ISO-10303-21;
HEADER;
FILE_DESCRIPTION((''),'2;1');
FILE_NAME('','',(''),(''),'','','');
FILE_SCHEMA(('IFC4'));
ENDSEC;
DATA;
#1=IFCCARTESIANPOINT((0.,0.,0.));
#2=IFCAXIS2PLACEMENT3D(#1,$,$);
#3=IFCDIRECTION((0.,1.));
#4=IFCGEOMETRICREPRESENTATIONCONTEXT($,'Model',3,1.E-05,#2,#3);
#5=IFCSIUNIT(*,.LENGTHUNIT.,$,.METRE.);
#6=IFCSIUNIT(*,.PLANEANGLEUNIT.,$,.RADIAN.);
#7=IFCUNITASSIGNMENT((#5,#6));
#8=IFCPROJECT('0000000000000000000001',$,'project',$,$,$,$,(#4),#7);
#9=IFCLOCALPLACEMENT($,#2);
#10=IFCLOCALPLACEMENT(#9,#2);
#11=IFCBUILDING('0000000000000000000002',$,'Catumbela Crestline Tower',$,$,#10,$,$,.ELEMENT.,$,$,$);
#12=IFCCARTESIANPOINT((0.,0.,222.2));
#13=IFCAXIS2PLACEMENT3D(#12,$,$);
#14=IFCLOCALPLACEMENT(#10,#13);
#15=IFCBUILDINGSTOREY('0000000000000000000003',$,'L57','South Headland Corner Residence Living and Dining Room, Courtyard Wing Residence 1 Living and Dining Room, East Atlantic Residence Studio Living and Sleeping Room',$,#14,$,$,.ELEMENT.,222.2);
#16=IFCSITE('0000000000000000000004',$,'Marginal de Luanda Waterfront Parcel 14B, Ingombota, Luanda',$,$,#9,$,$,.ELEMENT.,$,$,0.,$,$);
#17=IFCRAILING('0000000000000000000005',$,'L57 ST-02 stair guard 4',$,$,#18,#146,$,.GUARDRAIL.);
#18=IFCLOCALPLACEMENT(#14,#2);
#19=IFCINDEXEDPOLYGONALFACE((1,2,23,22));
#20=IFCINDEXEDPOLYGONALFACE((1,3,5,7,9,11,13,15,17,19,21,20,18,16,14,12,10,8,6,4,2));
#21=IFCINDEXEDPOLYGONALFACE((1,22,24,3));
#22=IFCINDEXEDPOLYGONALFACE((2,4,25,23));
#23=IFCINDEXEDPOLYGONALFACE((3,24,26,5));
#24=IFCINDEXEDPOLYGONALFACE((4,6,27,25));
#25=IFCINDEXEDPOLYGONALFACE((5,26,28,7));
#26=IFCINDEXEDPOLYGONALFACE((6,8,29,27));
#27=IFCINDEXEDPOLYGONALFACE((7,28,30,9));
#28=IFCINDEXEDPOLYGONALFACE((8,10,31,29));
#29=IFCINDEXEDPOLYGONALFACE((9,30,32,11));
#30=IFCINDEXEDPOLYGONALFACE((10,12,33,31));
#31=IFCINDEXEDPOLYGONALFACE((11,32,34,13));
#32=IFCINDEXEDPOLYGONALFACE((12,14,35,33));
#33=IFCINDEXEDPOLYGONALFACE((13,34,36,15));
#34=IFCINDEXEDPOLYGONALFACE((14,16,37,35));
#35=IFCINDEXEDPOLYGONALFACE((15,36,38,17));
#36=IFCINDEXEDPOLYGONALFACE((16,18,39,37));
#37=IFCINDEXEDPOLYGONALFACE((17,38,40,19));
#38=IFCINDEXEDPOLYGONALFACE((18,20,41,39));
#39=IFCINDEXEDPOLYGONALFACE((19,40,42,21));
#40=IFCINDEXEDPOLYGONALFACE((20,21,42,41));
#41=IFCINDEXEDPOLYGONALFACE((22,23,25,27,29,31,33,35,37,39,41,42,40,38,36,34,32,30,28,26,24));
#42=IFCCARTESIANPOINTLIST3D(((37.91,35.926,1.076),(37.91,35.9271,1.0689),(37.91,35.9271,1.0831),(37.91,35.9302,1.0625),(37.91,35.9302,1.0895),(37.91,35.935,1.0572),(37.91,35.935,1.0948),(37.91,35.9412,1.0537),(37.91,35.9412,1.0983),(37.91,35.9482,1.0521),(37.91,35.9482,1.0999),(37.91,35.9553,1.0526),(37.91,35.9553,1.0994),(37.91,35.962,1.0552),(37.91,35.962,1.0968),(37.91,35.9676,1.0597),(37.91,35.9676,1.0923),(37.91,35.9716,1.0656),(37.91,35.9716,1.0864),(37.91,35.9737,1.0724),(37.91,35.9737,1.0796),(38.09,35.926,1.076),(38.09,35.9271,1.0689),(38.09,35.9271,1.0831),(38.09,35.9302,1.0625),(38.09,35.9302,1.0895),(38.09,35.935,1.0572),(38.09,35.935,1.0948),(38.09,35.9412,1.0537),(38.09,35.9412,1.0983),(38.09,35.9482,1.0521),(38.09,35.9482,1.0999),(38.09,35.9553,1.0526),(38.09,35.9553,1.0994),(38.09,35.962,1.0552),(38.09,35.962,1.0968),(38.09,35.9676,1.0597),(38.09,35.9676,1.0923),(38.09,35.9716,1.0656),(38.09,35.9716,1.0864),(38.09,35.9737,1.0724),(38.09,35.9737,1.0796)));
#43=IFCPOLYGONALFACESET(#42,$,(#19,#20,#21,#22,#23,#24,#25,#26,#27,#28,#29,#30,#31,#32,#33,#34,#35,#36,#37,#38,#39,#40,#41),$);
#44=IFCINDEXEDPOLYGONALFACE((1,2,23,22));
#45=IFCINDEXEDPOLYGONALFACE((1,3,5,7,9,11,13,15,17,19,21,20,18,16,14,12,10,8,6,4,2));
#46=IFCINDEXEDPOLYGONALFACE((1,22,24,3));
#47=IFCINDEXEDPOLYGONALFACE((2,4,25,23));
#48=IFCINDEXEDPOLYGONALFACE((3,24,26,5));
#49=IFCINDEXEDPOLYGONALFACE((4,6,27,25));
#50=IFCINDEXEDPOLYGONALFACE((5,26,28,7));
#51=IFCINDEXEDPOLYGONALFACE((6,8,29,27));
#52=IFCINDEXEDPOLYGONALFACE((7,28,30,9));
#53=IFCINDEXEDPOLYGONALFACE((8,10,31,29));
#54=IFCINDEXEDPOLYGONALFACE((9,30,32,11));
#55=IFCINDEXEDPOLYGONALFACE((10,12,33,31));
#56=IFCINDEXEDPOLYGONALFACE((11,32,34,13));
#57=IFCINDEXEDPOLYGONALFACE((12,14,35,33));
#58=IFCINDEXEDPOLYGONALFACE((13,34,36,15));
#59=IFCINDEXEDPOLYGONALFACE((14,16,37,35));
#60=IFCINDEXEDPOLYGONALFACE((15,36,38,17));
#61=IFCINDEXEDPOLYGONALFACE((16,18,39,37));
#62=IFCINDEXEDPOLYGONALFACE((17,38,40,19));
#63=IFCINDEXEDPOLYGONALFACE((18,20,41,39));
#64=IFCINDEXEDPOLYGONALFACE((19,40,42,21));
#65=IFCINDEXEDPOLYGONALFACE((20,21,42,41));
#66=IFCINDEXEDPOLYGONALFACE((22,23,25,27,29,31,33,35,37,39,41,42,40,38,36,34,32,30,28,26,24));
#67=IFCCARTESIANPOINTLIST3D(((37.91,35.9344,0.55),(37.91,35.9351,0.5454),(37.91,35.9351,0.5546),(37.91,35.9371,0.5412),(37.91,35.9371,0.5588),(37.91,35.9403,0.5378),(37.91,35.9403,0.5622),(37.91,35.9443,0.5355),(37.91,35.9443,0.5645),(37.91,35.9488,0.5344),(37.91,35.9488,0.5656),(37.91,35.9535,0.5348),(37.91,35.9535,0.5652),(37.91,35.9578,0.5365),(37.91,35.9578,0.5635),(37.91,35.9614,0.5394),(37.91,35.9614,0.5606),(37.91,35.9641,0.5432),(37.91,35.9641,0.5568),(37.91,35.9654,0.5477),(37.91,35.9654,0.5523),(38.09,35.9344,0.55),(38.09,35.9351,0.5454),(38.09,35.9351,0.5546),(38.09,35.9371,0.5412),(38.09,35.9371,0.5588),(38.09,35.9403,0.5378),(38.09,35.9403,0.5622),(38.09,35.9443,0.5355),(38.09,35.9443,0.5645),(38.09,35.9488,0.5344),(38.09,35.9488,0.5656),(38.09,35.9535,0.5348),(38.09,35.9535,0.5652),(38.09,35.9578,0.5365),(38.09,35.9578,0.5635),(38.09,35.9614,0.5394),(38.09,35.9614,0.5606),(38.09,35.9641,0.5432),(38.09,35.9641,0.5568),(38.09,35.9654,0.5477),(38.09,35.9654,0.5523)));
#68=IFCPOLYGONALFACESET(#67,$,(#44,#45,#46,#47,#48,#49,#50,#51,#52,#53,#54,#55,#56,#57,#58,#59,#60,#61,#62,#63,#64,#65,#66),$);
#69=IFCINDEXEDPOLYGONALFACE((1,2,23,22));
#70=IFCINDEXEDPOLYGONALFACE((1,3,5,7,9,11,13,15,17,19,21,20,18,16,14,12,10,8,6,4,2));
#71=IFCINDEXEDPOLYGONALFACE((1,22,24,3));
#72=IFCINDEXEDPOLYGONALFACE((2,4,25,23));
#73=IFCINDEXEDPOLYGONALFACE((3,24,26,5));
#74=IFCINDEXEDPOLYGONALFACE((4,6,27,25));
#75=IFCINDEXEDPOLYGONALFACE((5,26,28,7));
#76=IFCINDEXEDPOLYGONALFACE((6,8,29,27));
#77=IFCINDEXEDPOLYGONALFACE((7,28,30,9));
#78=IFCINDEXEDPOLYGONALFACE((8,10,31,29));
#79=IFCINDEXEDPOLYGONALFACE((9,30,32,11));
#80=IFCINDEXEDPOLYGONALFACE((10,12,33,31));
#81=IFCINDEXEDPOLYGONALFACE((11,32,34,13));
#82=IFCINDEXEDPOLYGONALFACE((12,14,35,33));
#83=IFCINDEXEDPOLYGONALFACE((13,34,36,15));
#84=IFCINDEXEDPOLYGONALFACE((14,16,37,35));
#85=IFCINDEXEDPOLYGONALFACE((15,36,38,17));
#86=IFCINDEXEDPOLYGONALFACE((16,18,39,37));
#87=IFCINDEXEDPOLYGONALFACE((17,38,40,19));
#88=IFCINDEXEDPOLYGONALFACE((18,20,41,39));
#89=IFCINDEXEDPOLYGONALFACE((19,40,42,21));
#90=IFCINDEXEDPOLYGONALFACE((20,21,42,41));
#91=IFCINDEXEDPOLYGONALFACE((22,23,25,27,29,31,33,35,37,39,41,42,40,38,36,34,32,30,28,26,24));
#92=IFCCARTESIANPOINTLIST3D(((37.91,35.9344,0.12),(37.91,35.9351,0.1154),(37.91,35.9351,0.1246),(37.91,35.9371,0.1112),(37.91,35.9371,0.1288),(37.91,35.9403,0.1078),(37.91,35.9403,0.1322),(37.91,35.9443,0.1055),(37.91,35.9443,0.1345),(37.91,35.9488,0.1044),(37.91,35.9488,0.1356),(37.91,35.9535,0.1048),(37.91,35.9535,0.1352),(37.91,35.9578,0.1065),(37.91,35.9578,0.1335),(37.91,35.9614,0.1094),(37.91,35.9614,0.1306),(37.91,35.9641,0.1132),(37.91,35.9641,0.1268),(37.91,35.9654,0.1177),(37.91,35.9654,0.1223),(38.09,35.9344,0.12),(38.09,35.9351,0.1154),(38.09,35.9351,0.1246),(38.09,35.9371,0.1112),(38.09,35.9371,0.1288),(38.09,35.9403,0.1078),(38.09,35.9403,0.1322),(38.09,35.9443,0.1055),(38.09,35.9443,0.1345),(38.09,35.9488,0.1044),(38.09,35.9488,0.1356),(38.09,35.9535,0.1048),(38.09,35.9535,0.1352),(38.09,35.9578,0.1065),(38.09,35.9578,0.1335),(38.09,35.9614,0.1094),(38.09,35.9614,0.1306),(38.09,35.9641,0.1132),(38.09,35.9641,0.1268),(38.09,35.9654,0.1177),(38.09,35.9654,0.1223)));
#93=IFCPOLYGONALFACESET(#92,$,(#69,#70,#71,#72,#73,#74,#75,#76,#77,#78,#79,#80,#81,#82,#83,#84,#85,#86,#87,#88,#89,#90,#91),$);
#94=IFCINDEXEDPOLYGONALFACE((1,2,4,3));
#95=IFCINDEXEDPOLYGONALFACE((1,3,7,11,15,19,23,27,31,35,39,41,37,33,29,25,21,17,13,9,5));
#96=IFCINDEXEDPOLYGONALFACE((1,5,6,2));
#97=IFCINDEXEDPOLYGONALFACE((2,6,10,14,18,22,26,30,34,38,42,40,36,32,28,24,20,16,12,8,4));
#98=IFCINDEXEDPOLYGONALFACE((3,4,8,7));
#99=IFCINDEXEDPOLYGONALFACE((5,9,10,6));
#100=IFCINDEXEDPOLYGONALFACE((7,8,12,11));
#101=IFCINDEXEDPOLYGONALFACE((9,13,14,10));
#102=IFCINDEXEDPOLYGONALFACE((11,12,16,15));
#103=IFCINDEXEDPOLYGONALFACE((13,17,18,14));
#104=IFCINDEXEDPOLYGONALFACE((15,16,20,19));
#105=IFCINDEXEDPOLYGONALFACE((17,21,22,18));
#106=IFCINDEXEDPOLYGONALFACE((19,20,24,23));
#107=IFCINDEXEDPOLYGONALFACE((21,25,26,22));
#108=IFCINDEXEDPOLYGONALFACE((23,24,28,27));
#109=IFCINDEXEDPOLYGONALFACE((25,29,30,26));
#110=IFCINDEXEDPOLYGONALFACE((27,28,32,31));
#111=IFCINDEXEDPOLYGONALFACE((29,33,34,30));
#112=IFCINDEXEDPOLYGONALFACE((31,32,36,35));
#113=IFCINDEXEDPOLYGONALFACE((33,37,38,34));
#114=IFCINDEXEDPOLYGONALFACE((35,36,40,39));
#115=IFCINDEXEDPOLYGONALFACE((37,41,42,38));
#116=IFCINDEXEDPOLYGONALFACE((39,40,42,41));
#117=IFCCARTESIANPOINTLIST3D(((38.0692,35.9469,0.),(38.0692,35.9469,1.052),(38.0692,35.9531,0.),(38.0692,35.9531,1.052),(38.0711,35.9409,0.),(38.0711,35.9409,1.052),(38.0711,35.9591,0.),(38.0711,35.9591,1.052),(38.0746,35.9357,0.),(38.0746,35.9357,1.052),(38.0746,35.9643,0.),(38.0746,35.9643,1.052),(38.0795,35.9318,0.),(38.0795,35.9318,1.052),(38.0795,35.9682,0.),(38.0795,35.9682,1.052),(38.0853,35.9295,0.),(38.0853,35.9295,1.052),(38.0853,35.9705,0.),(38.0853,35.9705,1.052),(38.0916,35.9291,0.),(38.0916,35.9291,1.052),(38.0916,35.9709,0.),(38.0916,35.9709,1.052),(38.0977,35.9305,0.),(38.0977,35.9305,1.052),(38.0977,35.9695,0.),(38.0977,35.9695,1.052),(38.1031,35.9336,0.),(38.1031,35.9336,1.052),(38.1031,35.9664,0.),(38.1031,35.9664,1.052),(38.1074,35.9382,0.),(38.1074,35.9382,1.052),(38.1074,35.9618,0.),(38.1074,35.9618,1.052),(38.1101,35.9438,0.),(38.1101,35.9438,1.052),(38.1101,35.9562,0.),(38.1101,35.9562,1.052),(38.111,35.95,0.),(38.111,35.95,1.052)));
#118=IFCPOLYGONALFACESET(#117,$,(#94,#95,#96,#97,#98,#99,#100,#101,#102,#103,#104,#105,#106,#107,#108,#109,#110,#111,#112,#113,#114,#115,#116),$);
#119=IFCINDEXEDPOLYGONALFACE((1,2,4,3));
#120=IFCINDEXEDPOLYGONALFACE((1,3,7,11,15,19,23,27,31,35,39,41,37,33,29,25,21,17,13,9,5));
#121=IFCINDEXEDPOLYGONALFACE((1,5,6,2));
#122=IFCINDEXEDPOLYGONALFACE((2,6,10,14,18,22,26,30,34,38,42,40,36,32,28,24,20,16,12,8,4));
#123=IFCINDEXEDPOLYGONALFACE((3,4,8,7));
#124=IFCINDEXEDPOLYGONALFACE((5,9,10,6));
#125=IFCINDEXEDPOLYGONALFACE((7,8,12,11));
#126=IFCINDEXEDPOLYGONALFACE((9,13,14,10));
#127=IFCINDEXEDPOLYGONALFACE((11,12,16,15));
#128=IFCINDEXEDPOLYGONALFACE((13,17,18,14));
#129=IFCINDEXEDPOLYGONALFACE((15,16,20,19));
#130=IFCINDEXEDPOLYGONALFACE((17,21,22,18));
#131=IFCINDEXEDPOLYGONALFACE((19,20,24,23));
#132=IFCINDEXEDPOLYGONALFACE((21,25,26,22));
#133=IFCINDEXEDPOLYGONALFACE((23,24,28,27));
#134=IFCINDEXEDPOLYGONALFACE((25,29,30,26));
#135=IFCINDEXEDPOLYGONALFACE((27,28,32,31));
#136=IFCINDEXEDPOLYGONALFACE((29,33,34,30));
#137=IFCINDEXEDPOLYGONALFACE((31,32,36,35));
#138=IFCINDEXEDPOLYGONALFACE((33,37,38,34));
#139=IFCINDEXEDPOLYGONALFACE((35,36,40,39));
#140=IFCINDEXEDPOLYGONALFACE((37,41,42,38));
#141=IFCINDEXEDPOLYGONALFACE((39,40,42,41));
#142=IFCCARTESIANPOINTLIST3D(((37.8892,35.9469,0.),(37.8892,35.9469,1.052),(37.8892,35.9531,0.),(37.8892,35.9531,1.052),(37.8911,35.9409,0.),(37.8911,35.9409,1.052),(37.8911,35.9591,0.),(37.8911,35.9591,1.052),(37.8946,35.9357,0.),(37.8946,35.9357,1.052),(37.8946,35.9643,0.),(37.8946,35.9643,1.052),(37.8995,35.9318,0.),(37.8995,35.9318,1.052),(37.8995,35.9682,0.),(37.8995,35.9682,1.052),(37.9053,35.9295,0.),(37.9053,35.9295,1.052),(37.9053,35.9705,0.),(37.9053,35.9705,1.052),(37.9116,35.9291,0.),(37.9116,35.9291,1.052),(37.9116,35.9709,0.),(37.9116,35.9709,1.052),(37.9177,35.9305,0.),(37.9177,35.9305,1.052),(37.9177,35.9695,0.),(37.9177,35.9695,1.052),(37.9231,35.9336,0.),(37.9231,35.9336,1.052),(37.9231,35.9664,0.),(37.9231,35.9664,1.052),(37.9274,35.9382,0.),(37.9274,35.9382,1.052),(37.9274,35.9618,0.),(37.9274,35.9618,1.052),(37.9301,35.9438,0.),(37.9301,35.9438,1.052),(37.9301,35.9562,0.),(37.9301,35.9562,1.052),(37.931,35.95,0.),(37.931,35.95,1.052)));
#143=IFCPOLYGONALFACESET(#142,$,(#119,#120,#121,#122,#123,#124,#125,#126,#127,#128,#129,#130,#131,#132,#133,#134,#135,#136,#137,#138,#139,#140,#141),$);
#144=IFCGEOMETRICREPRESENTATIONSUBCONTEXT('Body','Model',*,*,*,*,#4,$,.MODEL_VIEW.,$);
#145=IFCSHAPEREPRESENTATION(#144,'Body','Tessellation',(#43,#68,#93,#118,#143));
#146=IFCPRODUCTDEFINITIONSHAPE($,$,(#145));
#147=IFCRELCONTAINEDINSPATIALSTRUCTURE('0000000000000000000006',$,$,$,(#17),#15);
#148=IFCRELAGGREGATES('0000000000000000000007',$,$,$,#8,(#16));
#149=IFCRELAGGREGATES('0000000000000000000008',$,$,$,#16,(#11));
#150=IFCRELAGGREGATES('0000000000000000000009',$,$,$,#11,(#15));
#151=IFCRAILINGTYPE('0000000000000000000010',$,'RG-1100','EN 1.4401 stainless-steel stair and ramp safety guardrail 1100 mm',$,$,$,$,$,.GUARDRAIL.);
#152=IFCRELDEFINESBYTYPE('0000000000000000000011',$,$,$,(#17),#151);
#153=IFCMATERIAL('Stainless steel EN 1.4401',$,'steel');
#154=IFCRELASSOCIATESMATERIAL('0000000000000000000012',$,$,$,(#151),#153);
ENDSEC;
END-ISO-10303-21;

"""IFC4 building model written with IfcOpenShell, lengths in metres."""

from ifc_helpers import new_model, si_unit, direction, frame, origin, origin_2d, place, context, subcontext, project, spatial, circle, extrude, material, type_object, element, save


model = new_model("IFC4")

# Units and contexts
model_context = context("Model", 3, precision=1e-05, world=origin(), true_north=direction((0.0, 1.0)))
body_context = subcontext(model_context, "Body", "Model", "MODEL_VIEW")
ifc_project = project(units=[si_unit("LENGTHUNIT", "METRE"), si_unit("PLANEANGLEUNIT", "RADIAN")], contexts=[model_context])

# Site, building, storey
site_placement = place(None, origin())
site = spatial("IfcSite", under=ifc_project, at=site_placement, Name="Marginal de Luanda Waterfront Parcel 14B, Ingombota, Luanda", CompositionType="ELEMENT", RefElevation=0.0)
building_placement = place(site_placement, origin())
building = spatial("IfcBuilding", under=site, at=building_placement, Name="Catumbela Crestline Tower", CompositionType="ELEMENT")
storey_placement = place(building_placement, frame((0.0, 0.0, 222.2)))
storey = spatial("IfcBuildingStorey", under=building, at=storey_placement, Name="L57", Description="South Headland Corner Residence Living and Dining Room, Courtyard Wing Residence 1 Living and Dining Room, East Atlantic Residence Studio Living and Sleeping Room", CompositionType="ELEMENT", Elevation=222.2)

# Railing
ifc_material_1 = material(Name="Stainless steel EN 1.4401", Category="steel")
railing_type_1 = type_object("IfcRailingType", Name="RG-1100", Description="EN 1.4401 stainless-steel stair and ramp safety guardrail 1100 mm", PredefinedType="GUARDRAIL", material=ifc_material_1)
railing_1_placement = place(storey_placement, frame((38.09, 35.95, 0.0)))
element("IfcRailing", 1, at=railing_1_placement, inside=storey, type_object=railing_type_1, Name="L57 ST-02 stair guard 4", PredefinedType="GUARDRAIL", context=body_context, shape_type="SweptSolid", body=[
    extrude(circle(Radius=0.024, at=origin_2d()), frame((0.0, 0.0, 1.076), z_axis=(-1.0, 0.0, 0.0), x_axis=(0.0, -1.0, 0.0)), (0.0, 0.0, 1.0), 0.18),
    extrude(circle(Radius=0.0156, at=origin_2d()), frame((0.0, 0.0, 0.55), z_axis=(-1.0, 0.0, 0.0), x_axis=(0.0, -1.0, 0.0)), (0.0, 0.0, 1.0), 0.18),
    extrude(circle(Radius=0.0156, at=origin_2d()), frame((0.0, 0.0, 0.12), z_axis=(-1.0, 0.0, 0.0), x_axis=(0.0, -1.0, 0.0)), (0.0, 0.0, 1.0), 0.18),
    extrude(circle(Radius=0.021, at=origin_2d()), origin(), (0.0, 0.0, 1.0), 1.052),
    extrude(circle(Radius=0.021, at=origin_2d()), frame((-0.18, 0.0, 0.0)), (0.0, 0.0, 1.0), 1.052),
])

save(model, "model.ifc")
